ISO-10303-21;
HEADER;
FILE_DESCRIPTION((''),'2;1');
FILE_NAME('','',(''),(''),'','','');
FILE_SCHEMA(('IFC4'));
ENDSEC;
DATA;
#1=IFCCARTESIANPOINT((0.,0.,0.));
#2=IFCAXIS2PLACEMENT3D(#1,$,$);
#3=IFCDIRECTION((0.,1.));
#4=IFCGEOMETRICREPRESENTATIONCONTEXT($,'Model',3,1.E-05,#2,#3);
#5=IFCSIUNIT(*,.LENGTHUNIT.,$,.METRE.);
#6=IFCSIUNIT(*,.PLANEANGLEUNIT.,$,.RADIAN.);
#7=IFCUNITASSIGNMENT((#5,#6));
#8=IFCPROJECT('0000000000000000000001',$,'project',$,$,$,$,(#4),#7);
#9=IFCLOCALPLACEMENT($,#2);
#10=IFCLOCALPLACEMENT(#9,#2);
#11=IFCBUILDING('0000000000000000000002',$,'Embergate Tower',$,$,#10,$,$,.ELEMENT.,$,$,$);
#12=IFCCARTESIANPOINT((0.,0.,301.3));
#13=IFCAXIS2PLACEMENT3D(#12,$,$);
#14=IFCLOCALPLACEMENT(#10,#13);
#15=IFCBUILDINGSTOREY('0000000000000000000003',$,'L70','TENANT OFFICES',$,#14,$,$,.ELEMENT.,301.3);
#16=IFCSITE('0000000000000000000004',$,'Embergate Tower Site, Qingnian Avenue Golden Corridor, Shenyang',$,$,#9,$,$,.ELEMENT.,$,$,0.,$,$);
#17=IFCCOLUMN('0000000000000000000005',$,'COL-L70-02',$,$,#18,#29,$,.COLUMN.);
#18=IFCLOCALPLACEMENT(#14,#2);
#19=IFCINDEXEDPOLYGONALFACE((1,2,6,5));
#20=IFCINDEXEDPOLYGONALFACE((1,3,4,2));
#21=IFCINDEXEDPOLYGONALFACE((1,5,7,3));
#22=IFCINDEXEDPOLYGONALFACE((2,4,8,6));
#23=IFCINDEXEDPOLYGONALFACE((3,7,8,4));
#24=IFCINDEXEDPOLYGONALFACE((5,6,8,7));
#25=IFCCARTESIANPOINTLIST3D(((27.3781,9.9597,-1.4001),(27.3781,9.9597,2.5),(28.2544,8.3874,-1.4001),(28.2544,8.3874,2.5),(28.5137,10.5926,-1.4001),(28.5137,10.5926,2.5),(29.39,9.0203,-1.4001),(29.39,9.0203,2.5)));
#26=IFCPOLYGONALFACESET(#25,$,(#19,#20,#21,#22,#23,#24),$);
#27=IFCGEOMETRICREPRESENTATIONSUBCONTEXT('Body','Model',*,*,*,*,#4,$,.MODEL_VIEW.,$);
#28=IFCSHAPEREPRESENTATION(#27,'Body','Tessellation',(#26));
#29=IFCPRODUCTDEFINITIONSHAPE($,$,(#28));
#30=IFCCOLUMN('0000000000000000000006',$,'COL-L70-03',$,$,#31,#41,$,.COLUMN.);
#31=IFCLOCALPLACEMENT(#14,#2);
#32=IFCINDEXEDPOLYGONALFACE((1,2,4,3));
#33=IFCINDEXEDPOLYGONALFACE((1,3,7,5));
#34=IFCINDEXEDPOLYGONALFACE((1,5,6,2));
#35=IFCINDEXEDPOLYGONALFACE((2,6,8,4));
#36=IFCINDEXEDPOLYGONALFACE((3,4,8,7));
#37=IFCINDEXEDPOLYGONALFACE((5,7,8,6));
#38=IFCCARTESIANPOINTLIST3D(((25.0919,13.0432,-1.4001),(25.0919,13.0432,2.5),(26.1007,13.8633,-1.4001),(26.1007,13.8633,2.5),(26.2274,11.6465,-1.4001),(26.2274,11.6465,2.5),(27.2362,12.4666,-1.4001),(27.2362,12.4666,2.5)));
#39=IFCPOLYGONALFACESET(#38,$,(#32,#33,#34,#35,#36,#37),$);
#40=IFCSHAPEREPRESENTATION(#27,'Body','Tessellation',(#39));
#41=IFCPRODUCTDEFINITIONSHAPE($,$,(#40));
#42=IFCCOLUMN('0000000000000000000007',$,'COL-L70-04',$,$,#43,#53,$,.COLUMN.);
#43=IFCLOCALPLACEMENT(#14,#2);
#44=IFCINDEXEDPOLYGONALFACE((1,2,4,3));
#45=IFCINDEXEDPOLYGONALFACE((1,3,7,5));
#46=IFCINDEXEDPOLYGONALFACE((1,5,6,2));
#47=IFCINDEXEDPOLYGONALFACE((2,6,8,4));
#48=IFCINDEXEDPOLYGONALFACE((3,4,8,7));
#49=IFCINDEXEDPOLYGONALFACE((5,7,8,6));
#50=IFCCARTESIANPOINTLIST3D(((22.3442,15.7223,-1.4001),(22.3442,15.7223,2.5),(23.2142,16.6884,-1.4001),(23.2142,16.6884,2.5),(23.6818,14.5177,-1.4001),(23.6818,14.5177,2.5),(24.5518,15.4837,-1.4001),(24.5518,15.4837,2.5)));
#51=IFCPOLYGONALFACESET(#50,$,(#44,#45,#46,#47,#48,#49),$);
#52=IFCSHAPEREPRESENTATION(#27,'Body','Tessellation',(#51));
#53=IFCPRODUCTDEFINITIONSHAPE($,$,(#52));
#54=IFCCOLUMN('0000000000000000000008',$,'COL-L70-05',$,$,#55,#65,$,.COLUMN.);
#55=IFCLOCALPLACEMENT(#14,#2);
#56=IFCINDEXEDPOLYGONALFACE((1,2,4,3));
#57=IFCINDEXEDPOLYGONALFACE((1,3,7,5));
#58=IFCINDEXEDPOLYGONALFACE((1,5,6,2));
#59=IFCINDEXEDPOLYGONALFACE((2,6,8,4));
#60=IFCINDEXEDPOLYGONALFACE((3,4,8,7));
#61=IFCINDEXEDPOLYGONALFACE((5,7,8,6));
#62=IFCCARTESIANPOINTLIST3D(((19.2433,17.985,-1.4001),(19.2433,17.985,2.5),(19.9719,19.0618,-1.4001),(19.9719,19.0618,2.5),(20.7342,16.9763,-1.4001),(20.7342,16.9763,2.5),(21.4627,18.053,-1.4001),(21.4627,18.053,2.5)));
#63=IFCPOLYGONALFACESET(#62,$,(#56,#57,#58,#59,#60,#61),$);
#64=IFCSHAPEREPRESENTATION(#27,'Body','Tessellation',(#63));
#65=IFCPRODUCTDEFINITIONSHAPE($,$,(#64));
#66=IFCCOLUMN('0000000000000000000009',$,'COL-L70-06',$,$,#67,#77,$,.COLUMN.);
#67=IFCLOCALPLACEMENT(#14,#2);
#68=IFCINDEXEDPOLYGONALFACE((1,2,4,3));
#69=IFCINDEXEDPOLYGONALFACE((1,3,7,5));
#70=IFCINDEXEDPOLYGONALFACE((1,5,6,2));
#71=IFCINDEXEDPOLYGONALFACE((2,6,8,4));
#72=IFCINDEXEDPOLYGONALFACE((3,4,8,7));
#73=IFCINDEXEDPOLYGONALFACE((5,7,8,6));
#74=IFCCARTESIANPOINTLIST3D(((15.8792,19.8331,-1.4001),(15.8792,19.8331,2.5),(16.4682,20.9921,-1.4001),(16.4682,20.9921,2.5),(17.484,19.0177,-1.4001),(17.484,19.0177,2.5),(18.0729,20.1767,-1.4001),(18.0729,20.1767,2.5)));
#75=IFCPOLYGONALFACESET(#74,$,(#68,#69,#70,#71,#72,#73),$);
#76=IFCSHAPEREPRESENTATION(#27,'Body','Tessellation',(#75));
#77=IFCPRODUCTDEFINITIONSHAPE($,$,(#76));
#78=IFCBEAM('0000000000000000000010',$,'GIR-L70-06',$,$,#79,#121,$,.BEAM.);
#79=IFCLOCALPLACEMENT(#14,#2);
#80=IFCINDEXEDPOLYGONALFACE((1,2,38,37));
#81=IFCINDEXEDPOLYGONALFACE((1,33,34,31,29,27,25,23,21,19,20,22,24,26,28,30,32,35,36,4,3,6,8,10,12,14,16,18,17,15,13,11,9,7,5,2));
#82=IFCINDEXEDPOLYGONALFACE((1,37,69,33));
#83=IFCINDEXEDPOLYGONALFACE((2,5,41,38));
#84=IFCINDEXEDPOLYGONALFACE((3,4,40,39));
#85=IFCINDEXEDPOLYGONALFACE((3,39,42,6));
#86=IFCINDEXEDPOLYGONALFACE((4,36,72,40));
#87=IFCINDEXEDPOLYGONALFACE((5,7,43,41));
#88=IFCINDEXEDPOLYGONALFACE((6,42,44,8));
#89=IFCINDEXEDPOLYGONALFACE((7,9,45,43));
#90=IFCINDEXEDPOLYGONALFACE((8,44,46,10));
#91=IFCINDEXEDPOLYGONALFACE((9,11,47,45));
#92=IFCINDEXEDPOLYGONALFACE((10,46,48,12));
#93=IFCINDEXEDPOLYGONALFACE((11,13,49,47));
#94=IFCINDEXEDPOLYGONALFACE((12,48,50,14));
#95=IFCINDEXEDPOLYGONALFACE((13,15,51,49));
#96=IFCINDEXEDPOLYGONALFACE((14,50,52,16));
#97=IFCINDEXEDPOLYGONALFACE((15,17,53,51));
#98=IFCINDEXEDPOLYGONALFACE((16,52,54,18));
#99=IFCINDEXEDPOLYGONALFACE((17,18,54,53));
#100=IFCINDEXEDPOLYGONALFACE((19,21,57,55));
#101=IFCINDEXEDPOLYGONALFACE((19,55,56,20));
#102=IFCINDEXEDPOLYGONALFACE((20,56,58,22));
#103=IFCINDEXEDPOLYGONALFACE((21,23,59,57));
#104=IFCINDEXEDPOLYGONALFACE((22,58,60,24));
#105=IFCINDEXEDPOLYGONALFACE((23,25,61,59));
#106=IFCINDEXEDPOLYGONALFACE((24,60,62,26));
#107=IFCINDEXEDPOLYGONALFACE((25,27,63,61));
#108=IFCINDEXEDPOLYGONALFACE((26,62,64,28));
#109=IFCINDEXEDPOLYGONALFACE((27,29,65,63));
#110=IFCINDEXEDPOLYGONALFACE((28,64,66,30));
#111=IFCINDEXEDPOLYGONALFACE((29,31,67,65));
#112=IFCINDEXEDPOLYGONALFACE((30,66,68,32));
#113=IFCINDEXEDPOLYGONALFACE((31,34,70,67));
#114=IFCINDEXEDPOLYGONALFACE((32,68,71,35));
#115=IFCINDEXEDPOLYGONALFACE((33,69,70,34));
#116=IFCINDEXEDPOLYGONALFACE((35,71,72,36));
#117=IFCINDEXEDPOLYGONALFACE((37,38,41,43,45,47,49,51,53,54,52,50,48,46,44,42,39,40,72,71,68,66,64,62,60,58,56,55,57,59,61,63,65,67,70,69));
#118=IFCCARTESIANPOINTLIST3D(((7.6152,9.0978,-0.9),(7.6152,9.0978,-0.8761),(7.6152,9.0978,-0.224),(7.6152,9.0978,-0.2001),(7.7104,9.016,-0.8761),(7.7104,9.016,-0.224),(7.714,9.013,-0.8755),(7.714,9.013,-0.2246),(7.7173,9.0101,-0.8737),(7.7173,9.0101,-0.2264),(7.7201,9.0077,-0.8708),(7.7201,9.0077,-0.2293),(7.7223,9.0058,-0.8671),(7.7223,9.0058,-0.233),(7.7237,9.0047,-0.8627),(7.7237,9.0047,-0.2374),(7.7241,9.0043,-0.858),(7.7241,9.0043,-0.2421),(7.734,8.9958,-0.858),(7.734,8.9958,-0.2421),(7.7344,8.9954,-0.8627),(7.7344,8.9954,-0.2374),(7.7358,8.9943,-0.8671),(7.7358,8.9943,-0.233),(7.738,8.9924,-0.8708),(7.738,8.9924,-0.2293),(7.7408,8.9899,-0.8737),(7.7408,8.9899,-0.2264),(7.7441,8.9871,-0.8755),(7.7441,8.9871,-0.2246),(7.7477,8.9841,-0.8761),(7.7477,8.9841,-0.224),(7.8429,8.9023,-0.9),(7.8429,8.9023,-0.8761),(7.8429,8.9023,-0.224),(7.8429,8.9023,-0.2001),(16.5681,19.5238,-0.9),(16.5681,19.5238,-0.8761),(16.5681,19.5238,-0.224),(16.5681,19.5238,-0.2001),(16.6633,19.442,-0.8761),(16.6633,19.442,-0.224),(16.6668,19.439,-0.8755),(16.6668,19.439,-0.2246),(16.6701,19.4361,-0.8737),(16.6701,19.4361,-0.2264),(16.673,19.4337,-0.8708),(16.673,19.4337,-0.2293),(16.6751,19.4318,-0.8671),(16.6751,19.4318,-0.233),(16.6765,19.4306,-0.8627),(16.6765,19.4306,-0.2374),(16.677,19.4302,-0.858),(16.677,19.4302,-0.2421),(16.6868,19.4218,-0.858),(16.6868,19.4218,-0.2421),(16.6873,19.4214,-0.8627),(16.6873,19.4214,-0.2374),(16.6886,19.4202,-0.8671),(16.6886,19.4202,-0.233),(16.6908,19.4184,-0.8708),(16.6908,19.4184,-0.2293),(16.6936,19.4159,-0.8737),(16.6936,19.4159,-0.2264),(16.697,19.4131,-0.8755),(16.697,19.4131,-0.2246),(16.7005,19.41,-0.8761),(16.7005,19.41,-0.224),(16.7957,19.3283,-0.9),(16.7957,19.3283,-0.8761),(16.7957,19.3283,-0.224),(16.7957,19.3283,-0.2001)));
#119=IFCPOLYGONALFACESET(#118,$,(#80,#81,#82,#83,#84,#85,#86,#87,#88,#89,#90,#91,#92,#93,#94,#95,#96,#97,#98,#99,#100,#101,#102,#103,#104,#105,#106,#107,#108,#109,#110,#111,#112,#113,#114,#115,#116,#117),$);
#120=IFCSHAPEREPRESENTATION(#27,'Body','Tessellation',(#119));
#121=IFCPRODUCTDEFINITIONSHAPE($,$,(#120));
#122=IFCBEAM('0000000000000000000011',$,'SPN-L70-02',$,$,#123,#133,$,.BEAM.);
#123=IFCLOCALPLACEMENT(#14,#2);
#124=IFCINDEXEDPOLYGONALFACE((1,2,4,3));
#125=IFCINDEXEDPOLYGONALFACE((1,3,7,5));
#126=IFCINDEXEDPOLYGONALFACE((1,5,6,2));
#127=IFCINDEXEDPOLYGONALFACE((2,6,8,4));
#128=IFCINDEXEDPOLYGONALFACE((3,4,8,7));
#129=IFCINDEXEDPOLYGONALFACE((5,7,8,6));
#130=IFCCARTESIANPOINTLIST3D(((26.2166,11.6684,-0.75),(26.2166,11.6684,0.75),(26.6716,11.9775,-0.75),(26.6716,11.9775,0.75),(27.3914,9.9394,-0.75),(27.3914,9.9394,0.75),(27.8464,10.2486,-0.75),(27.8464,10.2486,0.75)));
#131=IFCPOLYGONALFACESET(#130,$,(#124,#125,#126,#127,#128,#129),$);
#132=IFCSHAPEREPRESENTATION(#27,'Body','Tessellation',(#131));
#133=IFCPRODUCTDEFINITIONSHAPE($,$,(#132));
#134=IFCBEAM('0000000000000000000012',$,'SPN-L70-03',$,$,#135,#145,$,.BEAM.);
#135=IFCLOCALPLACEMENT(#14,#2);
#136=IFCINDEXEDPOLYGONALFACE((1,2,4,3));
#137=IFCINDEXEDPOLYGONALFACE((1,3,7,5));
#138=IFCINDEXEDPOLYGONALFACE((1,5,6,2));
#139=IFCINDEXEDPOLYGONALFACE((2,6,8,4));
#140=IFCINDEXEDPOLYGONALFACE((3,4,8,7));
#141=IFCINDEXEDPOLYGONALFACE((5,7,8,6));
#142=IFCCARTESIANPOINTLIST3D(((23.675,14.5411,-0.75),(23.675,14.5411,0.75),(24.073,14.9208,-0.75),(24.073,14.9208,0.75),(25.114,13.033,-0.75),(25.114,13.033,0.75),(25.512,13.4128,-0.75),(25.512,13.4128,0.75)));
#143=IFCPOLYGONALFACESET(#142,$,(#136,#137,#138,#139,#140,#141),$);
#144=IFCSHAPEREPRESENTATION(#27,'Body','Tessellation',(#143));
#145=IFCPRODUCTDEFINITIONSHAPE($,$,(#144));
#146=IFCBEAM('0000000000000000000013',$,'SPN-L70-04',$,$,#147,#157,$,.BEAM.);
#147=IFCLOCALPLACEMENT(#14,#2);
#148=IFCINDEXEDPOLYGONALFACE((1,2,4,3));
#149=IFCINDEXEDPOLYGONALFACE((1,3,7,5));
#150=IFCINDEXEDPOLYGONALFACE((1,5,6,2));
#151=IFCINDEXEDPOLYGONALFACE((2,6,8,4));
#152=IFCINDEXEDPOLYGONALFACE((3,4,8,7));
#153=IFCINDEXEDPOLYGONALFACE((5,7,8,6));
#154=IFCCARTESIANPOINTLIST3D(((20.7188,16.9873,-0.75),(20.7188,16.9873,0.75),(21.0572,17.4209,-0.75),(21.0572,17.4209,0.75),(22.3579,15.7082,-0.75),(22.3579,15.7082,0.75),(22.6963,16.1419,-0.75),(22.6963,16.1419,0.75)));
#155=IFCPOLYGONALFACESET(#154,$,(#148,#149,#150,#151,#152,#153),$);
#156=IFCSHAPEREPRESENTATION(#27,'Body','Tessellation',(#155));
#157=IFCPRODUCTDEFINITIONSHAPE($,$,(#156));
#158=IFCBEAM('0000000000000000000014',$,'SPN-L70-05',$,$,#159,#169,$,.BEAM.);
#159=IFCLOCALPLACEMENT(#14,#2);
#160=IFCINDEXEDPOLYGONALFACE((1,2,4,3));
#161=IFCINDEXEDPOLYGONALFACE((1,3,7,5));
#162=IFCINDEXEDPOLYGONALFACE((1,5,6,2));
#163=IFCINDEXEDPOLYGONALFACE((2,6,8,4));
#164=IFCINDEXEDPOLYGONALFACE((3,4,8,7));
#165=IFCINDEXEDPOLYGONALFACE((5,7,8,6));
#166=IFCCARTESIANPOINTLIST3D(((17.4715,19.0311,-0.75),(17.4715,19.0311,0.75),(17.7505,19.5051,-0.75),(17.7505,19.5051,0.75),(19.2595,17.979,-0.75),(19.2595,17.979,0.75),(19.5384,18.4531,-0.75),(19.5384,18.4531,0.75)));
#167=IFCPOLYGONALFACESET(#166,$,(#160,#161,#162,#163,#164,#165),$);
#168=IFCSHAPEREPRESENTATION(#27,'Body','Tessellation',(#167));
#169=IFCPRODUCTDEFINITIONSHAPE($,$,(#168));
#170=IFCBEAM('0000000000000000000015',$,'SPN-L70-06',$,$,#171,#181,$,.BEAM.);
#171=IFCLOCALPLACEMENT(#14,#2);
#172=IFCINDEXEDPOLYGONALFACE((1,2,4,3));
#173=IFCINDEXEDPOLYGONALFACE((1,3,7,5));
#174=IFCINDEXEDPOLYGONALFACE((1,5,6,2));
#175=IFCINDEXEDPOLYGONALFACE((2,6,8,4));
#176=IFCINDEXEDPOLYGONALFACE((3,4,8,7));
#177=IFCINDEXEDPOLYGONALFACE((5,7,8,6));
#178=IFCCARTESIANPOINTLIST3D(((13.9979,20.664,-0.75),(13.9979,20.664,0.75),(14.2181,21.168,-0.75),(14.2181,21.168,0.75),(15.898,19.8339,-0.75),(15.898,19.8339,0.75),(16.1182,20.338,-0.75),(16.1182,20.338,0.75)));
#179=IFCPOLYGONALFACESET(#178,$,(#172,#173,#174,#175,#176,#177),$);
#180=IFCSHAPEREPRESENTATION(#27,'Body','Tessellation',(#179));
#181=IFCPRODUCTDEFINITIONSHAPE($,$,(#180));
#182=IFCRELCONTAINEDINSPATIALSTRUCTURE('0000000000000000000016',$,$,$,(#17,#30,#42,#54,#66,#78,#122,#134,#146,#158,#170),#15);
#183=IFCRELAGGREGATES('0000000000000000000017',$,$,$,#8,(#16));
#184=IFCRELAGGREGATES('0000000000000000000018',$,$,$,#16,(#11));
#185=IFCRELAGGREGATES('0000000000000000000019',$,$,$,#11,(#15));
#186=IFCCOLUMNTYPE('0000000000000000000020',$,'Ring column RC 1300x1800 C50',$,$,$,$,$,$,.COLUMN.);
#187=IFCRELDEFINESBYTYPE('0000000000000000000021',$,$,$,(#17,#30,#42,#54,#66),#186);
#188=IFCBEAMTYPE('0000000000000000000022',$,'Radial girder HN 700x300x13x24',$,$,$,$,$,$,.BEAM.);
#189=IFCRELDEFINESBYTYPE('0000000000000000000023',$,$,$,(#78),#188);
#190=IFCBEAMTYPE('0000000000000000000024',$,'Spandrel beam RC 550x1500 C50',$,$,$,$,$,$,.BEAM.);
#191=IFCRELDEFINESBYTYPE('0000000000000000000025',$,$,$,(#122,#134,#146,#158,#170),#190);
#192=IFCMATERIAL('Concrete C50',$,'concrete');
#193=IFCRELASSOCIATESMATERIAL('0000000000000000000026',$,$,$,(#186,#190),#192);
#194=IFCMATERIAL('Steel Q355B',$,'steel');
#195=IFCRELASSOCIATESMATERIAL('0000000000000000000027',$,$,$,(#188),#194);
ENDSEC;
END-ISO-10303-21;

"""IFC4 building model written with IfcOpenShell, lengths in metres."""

from ifc_helpers import new_model, si_unit, direction, frame, origin, origin_2d, place, context, subcontext, project, spatial, rectangle, i_section, extrude, source, transform, mapped, material, material_profile, profile_set, type_object, element, save


model = new_model("IFC4")

# Units and contexts
model_context = context("Model", 3, precision=1e-05, world=origin(), true_north=direction((0.0, 1.0)))
body_context = subcontext(model_context, "Body", "Model", "MODEL_VIEW")
ifc_project = project(units=[si_unit("LENGTHUNIT", "METRE"), si_unit("PLANEANGLEUNIT", "RADIAN")], contexts=[model_context])

# Site, building, storey
site_placement = place(None, origin())
site = spatial("IfcSite", under=ifc_project, at=site_placement, Name="Embergate Tower Site, Qingnian Avenue Golden Corridor, Shenyang", CompositionType="ELEMENT", RefElevation=0.0)
building_placement = place(site_placement, origin())
building = spatial("IfcBuilding", under=site, at=building_placement, Name="Embergate Tower", CompositionType="ELEMENT")
storey_placement = place(building_placement, frame((0.0, 0.0, 301.3)))
storey = spatial("IfcBuildingStorey", under=building, at=storey_placement, Name="L70", Description="TENANT OFFICES", CompositionType="ELEMENT", Elevation=301.3)

# Columns
ifc_material_1 = material(Name="Concrete C50", Category="concrete")
ifc_material_profile_1 = material_profile(ifc_material_1, rectangle(XDim=1.3, YDim=1.8, at=origin_2d()), Name="RC 1300x1800")
ifc_profile_set_1 = profile_set([ifc_material_profile_1], Name="Concrete C50")
column_type = type_object("IfcColumnType", Name="Ring column RC 1300x1800 C50", PredefinedType="COLUMN", material=ifc_profile_set_1)
shared_shape_1 = source(origin(), body_context, "Body", "SweptSolid", [
    extrude(rectangle(XDim=1.3, YDim=1.8, at=origin_2d()), origin(), (0.0, 0.0, 1.0), 3.9001),
])
for number, where, z_axis, x_axis, name in (
    (1, (28.384, 9.49, -1.4001), (0.0, 0.0, 1.0), (0.8735, 0.486823, 0.0), "COL-L70-02"),
    (2, (26.1641, 12.7549, -1.4001), (0.0, 0.0, 1.0), (0.775925, 0.630825, 0.0), "COL-L70-03"),
    (3, (23.448, 15.603, -1.4001), (0.0, 0.0, 1.0), (0.669221, 0.743063, 0.0), "COL-L70-04"),
    (4, (20.353, 18.019, -1.4001), (0.0, 0.0, 1.0), (0.560393, 0.828227, 0.0), "COL-L70-05"),
    (5, (16.9761, 20.0049, -1.4001), (0.0, 0.0, 1.0), (0.453011, 0.891505, 0.0), "COL-L70-06"),
):
    element("IfcColumn", number, at=place(storey_placement, frame(where, z_axis=z_axis, x_axis=x_axis)), inside=storey, type_object=column_type, Name=name, PredefinedType="COLUMN", context=body_context, shape_type="MappedRepresentation", body=[
        mapped(shared_shape_1, transform((0.0, 0.0, 0.0))),
    ])

# Beams
ifc_material_2 = material(Name="Steel Q355B", Category="steel")
ifc_material_profile_2 = material_profile(ifc_material_2, i_section(OverallWidth=0.3, OverallDepth=0.7, WebThickness=0.0129, FlangeThickness=0.0239, FilletRadius=0.0181, at=origin_2d()), Name="HN 700x300x13x24")
ifc_profile_set_2 = profile_set([ifc_material_profile_2], Name="Steel Q355 grade B")
beam_type_1 = type_object("IfcBeamType", Name="Radial girder HN 700x300x13x24", PredefinedType="BEAM", material=ifc_profile_set_2)
shared_shape_2 = source(origin(), body_context, "Body", "SweptSolid", [
    extrude(i_section(OverallWidth=0.3, OverallDepth=0.7, WebThickness=0.0129, FlangeThickness=0.0239, FilletRadius=0.0181, at=origin_2d()), origin(), (0.0, 0.0, 1.0), 13.7424),
])
beam_1_placement = place(storey_placement, frame((16.6819, 19.426, -0.55), z_axis=(-0.651474, -0.758671, 0.0), x_axis=(0.758671, -0.651474, 0.0)))
element("IfcBeam", 6, at=beam_1_placement, inside=storey, type_object=beam_type_1, Name="GIR-L70-06", PredefinedType="BEAM", context=body_context, shape_type="MappedRepresentation", body=[
    mapped(shared_shape_2, transform((0.0, 0.0, 0.0))),
])
ifc_material_profile_3 = material_profile(ifc_material_1, rectangle(XDim=0.55, YDim=1.5, at=origin_2d()), Name="RC 550x1500")
ifc_profile_set_3 = profile_set([ifc_material_profile_3], Name="Concrete C50")
beam_type_2 = type_object("IfcBeamType", Name="Spandrel beam RC 550x1500 C50", PredefinedType="BEAM", material=ifc_profile_set_3)
shared_shape_3 = source(origin(), body_context, "Body", "SweptSolid", [
    extrude(rectangle(XDim=0.55, YDim=1.5, at=origin_2d()), origin(), (0.0, 0.0, 1.0), 2.0903),
])
beam_2_placement = place(storey_placement, frame((27.6189, 10.094, 0.0), z_axis=(-0.56201, 0.827131, 0.0), x_axis=(-0.827131, -0.56201, 0.0)))
element("IfcBeam", 7, at=beam_2_placement, inside=storey, type_object=beam_type_2, Name="SPN-L70-02", PredefinedType="BEAM", context=body_context, shape_type="MappedRepresentation", body=[
    mapped(shared_shape_3, transform((0.0, 0.0, 0.0))),
])
shared_shape_4 = source(origin(), body_context, "Body", "SweptSolid", [
    extrude(rectangle(XDim=0.55, YDim=1.5, at=origin_2d()), origin(), (0.0, 0.0, 1.0), 2.0845),
])
beam_3_placement = place(storey_placement, frame((25.313, 13.2229, 0.0), z_axis=(-0.690339, 0.723486, 0.0), x_axis=(-0.723486, -0.690339, 0.0)))
element("IfcBeam", 8, at=beam_3_placement, inside=storey, type_object=beam_type_2, Name="SPN-L70-03", PredefinedType="BEAM", context=body_context, shape_type="MappedRepresentation", body=[
    mapped(shared_shape_4, transform((0.0, 0.0, 0.0))),
])
shared_shape_5 = source(origin(), body_context, "Body", "SweptSolid", [
    extrude(rectangle(XDim=0.55, YDim=1.5, at=origin_2d()), origin(), (0.0, 0.0, 1.0), 2.0791),
])
beam_4_placement = place(storey_placement, frame((22.5271, 15.925, 0.0), z_axis=(-0.788384, 0.615184, 0.0), x_axis=(-0.615184, -0.788384, 0.0)))
element("IfcBeam", 9, at=beam_4_placement, inside=storey, type_object=beam_type_2, Name="SPN-L70-04", PredefinedType="BEAM", context=body_context, shape_type="MappedRepresentation", body=[
    mapped(shared_shape_5, transform((0.0, 0.0, 0.0))),
])
shared_shape_6 = source(origin(), body_context, "Body", "SweptSolid", [
    extrude(rectangle(XDim=0.55, YDim=1.5, at=origin_2d()), origin(), (0.0, 0.0, 1.0), 2.0745),
])
beam_5_placement = place(storey_placement, frame((19.3989, 18.2161, 0.0), z_axis=(-0.861865, 0.507138, 0.0), x_axis=(-0.507138, -0.861865, 0.0)))
element("IfcBeam", 10, at=beam_5_placement, inside=storey, type_object=beam_type_2, Name="SPN-L70-05", PredefinedType="BEAM", context=body_context, shape_type="MappedRepresentation", body=[
    mapped(shared_shape_6, transform((0.0, 0.0, 0.0))),
])
shared_shape_7 = source(origin(), body_context, "Body", "SweptSolid", [
    extrude(rectangle(XDim=0.55, YDim=1.5, at=origin_2d()), origin(), (0.0, 0.0, 1.0), 2.0735),
])
beam_6_placement = place(storey_placement, frame((16.0081, 20.0859, 0.0), z_axis=(-0.916376, 0.400318, 0.0), x_axis=(-0.400318, -0.916376, 0.0)))
element("IfcBeam", 11, at=beam_6_placement, inside=storey, type_object=beam_type_2, Name="SPN-L70-06", PredefinedType="BEAM", context=body_context, shape_type="MappedRepresentation", body=[
    mapped(shared_shape_7, transform((0.0, 0.0, 0.0))),
])

save(model, "model.ifc")
